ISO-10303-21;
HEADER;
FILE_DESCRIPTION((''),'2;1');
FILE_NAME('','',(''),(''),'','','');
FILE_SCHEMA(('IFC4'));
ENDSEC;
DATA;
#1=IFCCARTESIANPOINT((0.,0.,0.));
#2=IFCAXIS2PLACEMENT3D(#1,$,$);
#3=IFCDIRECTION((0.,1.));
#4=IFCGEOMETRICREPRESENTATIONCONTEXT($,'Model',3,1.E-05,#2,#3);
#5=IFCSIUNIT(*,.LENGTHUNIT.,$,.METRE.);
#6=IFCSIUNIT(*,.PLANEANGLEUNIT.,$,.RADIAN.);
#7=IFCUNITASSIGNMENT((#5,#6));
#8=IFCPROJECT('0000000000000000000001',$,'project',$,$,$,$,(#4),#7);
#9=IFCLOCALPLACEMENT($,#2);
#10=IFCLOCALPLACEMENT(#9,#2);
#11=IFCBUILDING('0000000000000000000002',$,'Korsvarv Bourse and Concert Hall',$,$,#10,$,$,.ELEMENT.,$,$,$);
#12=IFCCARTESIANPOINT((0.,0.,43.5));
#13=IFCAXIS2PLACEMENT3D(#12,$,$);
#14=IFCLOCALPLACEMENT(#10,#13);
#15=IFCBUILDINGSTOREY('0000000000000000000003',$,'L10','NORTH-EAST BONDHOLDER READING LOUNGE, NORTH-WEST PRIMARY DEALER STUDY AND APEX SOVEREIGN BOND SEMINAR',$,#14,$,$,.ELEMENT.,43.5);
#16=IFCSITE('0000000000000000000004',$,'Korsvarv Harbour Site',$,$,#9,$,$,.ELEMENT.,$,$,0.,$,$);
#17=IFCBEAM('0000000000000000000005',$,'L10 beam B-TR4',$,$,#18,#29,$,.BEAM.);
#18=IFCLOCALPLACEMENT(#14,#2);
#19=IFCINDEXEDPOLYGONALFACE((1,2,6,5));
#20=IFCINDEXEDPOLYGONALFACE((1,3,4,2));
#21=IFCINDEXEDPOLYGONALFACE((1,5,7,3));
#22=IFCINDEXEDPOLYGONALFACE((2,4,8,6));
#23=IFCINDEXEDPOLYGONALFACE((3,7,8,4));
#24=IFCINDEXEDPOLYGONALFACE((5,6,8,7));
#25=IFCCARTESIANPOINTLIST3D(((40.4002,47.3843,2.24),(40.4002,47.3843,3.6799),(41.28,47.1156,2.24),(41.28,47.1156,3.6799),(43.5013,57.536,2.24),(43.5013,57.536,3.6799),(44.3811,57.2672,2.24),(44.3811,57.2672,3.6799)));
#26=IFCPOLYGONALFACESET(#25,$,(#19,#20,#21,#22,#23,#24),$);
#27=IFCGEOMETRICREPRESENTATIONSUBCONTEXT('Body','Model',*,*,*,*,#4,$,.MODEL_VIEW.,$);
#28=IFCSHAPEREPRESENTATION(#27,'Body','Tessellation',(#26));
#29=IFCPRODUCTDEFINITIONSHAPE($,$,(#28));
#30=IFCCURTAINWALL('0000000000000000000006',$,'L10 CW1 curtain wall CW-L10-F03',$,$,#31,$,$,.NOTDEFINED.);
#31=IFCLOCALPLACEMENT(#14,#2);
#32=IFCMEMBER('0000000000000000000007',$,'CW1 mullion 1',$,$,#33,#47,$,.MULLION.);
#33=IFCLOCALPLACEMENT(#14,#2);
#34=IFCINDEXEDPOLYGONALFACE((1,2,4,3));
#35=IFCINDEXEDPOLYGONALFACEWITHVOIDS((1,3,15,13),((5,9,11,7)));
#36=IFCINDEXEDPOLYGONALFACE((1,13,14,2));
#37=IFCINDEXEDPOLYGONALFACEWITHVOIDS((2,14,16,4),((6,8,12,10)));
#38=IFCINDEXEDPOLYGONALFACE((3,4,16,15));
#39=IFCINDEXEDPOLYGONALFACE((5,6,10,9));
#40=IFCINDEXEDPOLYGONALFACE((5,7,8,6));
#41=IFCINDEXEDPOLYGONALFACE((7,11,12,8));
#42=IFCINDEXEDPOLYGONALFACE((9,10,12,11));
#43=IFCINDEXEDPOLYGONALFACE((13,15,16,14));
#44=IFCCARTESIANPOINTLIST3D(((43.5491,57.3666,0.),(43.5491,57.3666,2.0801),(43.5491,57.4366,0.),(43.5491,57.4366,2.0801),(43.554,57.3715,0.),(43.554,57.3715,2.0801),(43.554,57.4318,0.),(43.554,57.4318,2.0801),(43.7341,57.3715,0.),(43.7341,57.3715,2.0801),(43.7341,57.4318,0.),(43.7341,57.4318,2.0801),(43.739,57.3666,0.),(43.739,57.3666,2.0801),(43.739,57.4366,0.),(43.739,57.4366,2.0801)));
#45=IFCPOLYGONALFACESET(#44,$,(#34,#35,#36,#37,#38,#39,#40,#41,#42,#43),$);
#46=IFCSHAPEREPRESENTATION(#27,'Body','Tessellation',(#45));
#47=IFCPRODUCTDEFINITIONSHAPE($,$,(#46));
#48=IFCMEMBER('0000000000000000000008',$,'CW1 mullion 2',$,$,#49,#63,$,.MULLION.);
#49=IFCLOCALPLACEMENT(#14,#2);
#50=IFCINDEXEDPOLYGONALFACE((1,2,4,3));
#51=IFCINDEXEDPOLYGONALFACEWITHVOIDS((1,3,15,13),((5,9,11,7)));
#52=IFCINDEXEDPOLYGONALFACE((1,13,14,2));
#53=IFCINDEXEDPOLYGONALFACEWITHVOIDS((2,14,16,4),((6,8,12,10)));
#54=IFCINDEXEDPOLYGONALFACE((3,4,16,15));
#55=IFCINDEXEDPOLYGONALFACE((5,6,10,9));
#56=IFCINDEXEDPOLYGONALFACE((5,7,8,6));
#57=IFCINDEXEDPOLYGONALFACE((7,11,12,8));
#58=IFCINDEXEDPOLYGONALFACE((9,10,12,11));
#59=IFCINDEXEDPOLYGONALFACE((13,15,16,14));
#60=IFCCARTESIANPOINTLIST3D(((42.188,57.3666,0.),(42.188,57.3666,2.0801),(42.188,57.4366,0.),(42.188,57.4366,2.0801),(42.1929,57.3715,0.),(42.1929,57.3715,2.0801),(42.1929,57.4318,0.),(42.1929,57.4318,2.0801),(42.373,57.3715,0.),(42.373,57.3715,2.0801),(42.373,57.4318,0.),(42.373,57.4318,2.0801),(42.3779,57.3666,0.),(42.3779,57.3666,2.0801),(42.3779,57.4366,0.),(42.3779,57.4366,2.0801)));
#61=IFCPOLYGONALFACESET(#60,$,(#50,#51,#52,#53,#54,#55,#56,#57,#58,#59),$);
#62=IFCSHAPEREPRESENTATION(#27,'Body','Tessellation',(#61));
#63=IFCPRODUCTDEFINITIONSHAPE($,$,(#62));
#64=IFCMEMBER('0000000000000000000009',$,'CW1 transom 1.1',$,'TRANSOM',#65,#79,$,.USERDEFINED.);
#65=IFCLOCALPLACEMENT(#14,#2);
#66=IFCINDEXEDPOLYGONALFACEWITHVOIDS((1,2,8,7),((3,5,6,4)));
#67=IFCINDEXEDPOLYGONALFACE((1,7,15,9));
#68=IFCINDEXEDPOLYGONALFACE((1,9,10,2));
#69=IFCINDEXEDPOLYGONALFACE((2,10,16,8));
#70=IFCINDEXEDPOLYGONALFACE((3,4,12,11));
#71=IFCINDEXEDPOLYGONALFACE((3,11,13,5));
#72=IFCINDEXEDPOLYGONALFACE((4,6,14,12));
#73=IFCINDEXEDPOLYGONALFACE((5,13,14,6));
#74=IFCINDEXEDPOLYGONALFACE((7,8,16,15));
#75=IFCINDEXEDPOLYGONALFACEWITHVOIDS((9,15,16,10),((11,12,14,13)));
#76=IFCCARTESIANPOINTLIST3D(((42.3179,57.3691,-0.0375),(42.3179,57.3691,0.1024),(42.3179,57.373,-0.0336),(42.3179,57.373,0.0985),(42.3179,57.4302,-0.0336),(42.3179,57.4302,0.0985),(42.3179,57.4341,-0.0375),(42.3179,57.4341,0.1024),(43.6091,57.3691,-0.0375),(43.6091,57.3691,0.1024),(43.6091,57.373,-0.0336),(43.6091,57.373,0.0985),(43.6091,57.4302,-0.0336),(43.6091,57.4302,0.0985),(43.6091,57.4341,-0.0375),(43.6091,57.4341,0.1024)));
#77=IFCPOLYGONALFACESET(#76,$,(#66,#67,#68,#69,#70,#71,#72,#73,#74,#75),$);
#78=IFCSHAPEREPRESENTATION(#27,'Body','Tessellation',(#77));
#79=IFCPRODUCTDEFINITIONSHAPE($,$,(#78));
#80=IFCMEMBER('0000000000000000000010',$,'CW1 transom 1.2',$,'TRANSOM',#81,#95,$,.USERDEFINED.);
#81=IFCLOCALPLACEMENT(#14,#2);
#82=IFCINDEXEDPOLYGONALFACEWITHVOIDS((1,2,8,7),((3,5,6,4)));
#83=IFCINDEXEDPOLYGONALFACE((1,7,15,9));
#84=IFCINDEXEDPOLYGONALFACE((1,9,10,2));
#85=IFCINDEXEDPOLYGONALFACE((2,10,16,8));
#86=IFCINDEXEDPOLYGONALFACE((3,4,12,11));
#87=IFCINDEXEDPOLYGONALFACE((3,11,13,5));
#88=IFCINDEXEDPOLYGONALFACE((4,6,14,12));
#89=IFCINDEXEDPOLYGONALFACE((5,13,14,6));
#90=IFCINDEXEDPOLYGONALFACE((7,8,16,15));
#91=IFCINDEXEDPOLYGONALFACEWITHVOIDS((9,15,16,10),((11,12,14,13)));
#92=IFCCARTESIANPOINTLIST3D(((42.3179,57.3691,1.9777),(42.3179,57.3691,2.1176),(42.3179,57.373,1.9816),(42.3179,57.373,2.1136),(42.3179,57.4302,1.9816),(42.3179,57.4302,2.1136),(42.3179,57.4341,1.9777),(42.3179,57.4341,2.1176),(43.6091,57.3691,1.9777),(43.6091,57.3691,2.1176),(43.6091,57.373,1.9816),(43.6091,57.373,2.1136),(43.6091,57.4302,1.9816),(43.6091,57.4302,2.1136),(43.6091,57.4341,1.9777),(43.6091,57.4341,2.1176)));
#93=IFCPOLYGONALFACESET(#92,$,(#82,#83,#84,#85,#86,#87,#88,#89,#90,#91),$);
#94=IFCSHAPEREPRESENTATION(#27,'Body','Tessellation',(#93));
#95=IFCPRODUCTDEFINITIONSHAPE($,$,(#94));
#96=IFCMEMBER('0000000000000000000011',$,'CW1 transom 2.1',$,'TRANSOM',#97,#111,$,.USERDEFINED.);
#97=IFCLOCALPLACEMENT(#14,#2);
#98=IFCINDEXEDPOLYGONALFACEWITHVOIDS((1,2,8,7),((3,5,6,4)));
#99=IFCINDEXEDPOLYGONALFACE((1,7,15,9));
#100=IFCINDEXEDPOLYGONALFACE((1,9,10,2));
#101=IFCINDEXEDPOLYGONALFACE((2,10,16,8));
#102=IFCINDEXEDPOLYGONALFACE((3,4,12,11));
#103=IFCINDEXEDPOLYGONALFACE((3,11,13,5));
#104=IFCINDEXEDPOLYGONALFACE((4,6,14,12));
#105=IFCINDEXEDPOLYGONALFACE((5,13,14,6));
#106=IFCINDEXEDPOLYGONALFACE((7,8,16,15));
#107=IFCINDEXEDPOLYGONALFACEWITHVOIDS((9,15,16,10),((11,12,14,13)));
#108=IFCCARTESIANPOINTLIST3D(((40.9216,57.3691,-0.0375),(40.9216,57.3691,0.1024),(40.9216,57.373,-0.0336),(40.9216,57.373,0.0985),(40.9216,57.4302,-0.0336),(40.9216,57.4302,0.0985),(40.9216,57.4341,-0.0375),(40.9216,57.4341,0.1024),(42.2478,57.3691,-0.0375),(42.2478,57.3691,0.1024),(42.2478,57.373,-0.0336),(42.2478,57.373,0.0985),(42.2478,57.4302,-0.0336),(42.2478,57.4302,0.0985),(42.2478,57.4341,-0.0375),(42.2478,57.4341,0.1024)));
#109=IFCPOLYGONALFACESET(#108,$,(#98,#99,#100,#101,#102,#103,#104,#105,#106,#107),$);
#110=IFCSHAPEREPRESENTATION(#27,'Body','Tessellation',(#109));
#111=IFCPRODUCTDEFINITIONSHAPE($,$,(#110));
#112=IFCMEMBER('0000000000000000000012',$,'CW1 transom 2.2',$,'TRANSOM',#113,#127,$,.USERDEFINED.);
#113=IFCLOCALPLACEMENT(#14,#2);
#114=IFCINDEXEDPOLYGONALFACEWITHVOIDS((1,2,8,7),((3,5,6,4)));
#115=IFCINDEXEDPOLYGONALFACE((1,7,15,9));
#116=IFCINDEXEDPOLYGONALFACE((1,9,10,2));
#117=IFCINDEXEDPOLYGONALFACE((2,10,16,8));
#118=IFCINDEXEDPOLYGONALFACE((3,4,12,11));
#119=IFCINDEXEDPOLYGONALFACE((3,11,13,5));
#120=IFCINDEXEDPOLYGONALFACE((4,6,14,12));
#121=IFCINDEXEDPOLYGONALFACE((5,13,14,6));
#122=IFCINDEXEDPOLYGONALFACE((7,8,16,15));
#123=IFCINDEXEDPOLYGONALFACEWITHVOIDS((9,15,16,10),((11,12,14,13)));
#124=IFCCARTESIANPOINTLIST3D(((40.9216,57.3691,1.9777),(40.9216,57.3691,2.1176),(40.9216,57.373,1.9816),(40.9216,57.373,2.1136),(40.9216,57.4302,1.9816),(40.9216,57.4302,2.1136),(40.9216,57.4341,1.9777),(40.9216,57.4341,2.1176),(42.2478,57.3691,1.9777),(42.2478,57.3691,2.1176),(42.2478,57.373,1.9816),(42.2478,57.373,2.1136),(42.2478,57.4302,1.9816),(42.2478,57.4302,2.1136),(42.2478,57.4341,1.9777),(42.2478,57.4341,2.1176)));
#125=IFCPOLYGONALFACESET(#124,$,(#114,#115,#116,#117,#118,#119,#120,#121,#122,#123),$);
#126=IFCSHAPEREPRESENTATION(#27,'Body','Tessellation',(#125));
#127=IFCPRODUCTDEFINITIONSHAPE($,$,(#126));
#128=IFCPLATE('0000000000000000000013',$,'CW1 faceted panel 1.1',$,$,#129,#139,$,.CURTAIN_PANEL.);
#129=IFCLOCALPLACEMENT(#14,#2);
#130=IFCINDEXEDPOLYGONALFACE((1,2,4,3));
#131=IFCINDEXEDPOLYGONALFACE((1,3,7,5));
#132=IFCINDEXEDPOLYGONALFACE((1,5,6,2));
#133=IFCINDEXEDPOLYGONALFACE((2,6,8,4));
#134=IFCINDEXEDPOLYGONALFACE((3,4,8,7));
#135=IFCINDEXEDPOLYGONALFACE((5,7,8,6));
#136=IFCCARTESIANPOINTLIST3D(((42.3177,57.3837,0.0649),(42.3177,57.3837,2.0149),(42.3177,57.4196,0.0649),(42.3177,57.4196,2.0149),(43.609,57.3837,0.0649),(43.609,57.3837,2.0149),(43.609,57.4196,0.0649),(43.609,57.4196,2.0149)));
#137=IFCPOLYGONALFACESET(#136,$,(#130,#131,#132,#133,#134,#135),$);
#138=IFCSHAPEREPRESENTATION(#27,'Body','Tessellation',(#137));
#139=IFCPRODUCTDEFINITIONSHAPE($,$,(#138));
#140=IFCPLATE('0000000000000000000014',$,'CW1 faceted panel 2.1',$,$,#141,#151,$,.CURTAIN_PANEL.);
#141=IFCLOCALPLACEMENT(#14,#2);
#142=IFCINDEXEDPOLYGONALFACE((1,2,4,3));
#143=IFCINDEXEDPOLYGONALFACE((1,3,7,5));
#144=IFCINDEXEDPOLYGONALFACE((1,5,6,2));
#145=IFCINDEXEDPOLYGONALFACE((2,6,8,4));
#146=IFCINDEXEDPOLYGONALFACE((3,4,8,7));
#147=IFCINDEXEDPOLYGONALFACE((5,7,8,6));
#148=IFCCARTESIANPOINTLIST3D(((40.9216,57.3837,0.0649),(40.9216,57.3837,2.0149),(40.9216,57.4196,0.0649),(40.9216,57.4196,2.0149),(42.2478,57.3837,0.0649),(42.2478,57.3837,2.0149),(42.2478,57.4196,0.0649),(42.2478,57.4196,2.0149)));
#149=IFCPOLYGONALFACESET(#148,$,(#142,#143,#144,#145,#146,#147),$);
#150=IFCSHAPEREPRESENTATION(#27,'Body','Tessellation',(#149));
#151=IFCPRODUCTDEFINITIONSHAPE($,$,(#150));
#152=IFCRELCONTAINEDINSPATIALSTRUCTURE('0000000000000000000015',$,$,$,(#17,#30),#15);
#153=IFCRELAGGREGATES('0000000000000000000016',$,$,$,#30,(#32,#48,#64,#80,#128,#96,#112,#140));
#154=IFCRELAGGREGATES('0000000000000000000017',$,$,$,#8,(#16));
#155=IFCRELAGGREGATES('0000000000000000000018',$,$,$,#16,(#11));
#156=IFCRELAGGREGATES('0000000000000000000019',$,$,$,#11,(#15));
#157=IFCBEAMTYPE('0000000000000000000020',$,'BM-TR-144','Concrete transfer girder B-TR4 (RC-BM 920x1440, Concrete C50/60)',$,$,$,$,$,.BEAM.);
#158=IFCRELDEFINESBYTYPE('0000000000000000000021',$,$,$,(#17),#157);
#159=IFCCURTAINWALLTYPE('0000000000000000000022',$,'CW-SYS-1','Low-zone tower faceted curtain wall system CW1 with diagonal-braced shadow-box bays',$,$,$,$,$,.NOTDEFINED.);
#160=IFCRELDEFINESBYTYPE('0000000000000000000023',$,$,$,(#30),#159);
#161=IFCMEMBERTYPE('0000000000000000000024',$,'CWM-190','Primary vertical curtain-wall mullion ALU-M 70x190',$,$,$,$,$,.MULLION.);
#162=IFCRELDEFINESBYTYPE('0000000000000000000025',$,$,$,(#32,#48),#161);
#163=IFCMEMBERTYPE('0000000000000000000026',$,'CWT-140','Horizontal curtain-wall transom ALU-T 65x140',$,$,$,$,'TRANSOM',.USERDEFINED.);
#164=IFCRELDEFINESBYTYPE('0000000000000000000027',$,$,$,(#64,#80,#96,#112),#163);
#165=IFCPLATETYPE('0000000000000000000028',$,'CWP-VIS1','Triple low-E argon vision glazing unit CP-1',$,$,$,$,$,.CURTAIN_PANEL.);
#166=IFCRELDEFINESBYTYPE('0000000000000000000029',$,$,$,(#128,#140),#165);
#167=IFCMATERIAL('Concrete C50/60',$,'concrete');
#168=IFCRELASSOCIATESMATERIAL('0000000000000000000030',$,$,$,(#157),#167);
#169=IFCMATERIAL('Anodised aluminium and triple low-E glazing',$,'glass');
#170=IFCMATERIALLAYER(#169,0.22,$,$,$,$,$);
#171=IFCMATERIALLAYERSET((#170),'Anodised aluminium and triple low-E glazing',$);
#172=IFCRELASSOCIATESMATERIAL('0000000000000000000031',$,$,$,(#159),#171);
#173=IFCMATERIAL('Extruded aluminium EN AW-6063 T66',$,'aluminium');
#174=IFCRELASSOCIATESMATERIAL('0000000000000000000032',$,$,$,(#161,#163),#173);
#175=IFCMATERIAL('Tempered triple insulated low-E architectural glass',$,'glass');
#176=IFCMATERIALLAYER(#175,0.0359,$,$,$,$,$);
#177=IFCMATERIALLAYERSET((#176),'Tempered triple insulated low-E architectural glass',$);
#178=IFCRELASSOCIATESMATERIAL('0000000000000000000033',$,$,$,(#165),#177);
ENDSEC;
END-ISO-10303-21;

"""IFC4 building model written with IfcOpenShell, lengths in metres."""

from ifc_helpers import new_model, si_unit, direction, frame, origin, origin_2d, place, context, subcontext, project, spatial, rectangle, hollow_rectangle, extrude, source, transform, mapped, material, layer, layer_set, material_profile, profile_set, type_object, element, aggregate, save


model = new_model("IFC4")

# Units and contexts
model_context = context("Model", 3, precision=1e-05, world=origin(), true_north=direction((0.0, 1.0)))
body_context = subcontext(model_context, "Body", "Model", "MODEL_VIEW")
ifc_project = project(units=[si_unit("LENGTHUNIT", "METRE"), si_unit("PLANEANGLEUNIT", "RADIAN")], contexts=[model_context])

# Site, building, storey
site_placement = place(None, origin())
site = spatial("IfcSite", under=ifc_project, at=site_placement, Name="Korsvarv Harbour Site", CompositionType="ELEMENT", RefElevation=0.0)
building_placement = place(site_placement, origin())
building = spatial("IfcBuilding", under=site, at=building_placement, Name="Korsvarv Bourse and Concert Hall", CompositionType="ELEMENT")
storey_placement = place(building_placement, frame((0.0, 0.0, 43.5)))
storey = spatial("IfcBuildingStorey", under=building, at=storey_placement, Name="L10", Description="NORTH-EAST BONDHOLDER READING LOUNGE, NORTH-WEST PRIMARY DEALER STUDY AND APEX SOVEREIGN BOND SEMINAR", CompositionType="ELEMENT", Elevation=43.5)

# Beam
ifc_material_1 = material(Name="Concrete C50/60", Category="concrete")
ifc_material_profile_1 = material_profile(ifc_material_1, rectangle(XDim=0.9199, YDim=1.4399, at=origin_2d()), Name="RC-BM 920x1440")
ifc_profile_set_1 = profile_set([ifc_material_profile_1], Name="Concrete C50/60")
beam_type_1 = type_object("IfcBeamType", Name="BM-TR-144", Description="Concrete transfer girder B-TR4 (RC-BM 920x1440, Concrete C50/60)", PredefinedType="BEAM", material=ifc_profile_set_1)
shared_shape_1 = source(origin(), body_context, "Body", "SweptSolid", [
    extrude(rectangle(XDim=0.9199, YDim=1.4399, at=origin_2d()), origin(), (0.0, 0.0, 1.0), 10.6147),
])
beam_1_placement = place(storey_placement, frame((43.9412, 57.4016, 2.96), z_axis=(-0.292149, -0.956373, 0.0), x_axis=(0.956373, -0.292149, 0.0)))
element("IfcBeam", 1, at=beam_1_placement, inside=storey, type_object=beam_type_1, Name="L10 beam B-TR4", PredefinedType="BEAM", context=body_context, shape_type="MappedRepresentation", body=[
    mapped(shared_shape_1, transform((0.0, 0.0, 0.0), scale=1.0)),
])

# Curtain wall, members, plates
ifc_material_2 = material(Name="Anodised aluminium and triple low-E glazing", Category="glass")
ifc_layer_1 = layer(ifc_material_2, 0.22)
ifc_layer_set_1 = layer_set([ifc_layer_1], Name="Anodised aluminium and triple low-E glazing")
curtain_wall_type = type_object("IfcCurtainWallType", Name="CW-SYS-1", Description="Low-zone tower faceted curtain wall system CW1 with diagonal-braced shadow-box bays", PredefinedType="NOTDEFINED", material=ifc_layer_set_1)
curtain_wall_placement = place(storey_placement, origin())
curtain_wall = element("IfcCurtainWall", 2, at=curtain_wall_placement, inside=storey, type_object=curtain_wall_type, Name="L10 CW1 curtain wall CW-L10-F03", PredefinedType="NOTDEFINED")
ifc_material_3 = material(Name="Extruded aluminium EN AW-6063 T66", Category="aluminium")
ifc_material_profile_2 = material_profile(ifc_material_3, hollow_rectangle(XDim=0.0701, YDim=0.1899, WallThickness=0.0049, at=origin_2d()), Name="ALU-M 70x190")
ifc_profile_set_2 = profile_set([ifc_material_profile_2], Name="Extruded aluminium EN AW-6063 T66")
member_type_1 = type_object("IfcMemberType", Name="CWM-190", Description="Primary vertical curtain-wall mullion ALU-M 70x190", PredefinedType="MULLION", material=ifc_profile_set_2)
shared_shape_2 = source(origin(), body_context, "Body", "SweptSolid", [
    extrude(hollow_rectangle(XDim=0.0701, YDim=0.1899, WallThickness=0.0049, at=origin_2d()), origin(), (0.0, 0.0, 1.0), 2.0801),
])
member_1_placement = place(storey_placement, frame((43.644, 57.4016, 0.0), z_axis=(0.0, 0.0, 1.0), x_axis=(0.0, -1.0, 0.0)))
member_1 = element("IfcMember", 3, at=member_1_placement, type_object=member_type_1, Name="CW1 mullion 1", PredefinedType="MULLION", context=body_context, shape_type="MappedRepresentation", body=[
    mapped(shared_shape_2, transform((0.0, 0.0, 0.0), scale=1.0)),
])
member_2_placement = place(storey_placement, frame((42.283, 57.4016, 0.0), z_axis=(0.0, 0.0, 1.0), x_axis=(0.0, -1.0, 0.0)))
member_2 = element("IfcMember", 4, at=member_2_placement, type_object=member_type_1, Name="CW1 mullion 2", PredefinedType="MULLION", context=body_context, shape_type="MappedRepresentation", body=[
    mapped(shared_shape_2, transform((0.0, 0.0, 0.0), scale=1.0)),
])
ifc_material_profile_3 = material_profile(ifc_material_3, hollow_rectangle(XDim=0.0649, YDim=0.1399, WallThickness=0.0039, at=origin_2d()), Name="ALU-T 65x140")
ifc_profile_set_3 = profile_set([ifc_material_profile_3], Name="Extruded aluminium EN AW-6063 T66")
member_type_2 = type_object("IfcMemberType", Name="CWT-140", Description="Horizontal curtain-wall transom ALU-T 65x140", ElementType="TRANSOM", PredefinedType="USERDEFINED", material=ifc_profile_set_3)
shared_shape_3 = source(origin(), body_context, "Body", "SweptSolid", [
    extrude(hollow_rectangle(XDim=0.0649, YDim=0.1399, WallThickness=0.0039, at=origin_2d()), origin(), (0.0, 0.0, 1.0), 1.2913),
])
member_3_placement = place(storey_placement, frame((43.6091, 57.4016, 0.0325), z_axis=(-1.0, 0.0, 0.0), x_axis=(0.0, -1.0, 0.0)))
member_3 = element("IfcMember", 5, at=member_3_placement, type_object=member_type_2, Name="CW1 transom 1.1", ObjectType="TRANSOM", PredefinedType="USERDEFINED", context=body_context, shape_type="MappedRepresentation", body=[
    mapped(shared_shape_3, transform((0.0, 0.0, 0.0), scale=1.0)),
])
member_4_placement = place(storey_placement, frame((43.6091, 57.4016, 2.0476), z_axis=(-1.0, 0.0, 0.0), x_axis=(0.0, -1.0, 0.0)))
member_4 = element("IfcMember", 6, at=member_4_placement, type_object=member_type_2, Name="CW1 transom 1.2", ObjectType="TRANSOM", PredefinedType="USERDEFINED", context=body_context, shape_type="MappedRepresentation", body=[
    mapped(shared_shape_3, transform((0.0, 0.0, 0.0), scale=1.0)),
])
shared_shape_4 = source(origin(), body_context, "Body", "SweptSolid", [
    extrude(hollow_rectangle(XDim=0.0649, YDim=0.1399, WallThickness=0.0039, at=origin_2d()), origin(), (0.0, 0.0, 1.0), 1.3262),
])
member_5_placement = place(storey_placement, frame((42.2478, 57.4016, 0.0325), z_axis=(-1.0, 0.0, 0.0), x_axis=(0.0, -1.0, 0.0)))
member_5 = element("IfcMember", 7, at=member_5_placement, type_object=member_type_2, Name="CW1 transom 2.1", ObjectType="TRANSOM", PredefinedType="USERDEFINED", context=body_context, shape_type="MappedRepresentation", body=[
    mapped(shared_shape_4, transform((0.0, 0.0, 0.0), scale=1.0)),
])
member_6_placement = place(storey_placement, frame((42.2478, 57.4016, 2.0476), z_axis=(-1.0, 0.0, 0.0), x_axis=(0.0, -1.0, 0.0)))
member_6 = element("IfcMember", 8, at=member_6_placement, type_object=member_type_2, Name="CW1 transom 2.2", ObjectType="TRANSOM", PredefinedType="USERDEFINED", context=body_context, shape_type="MappedRepresentation", body=[
    mapped(shared_shape_4, transform((0.0, 0.0, 0.0), scale=1.0)),
])
ifc_material_4 = material(Name="Tempered triple insulated low-E architectural glass", Category="glass")
ifc_layer_2 = layer(ifc_material_4, 0.0359)
ifc_layer_set_2 = layer_set([ifc_layer_2], Name="Tempered triple insulated low-E architectural glass")
plate_type = type_object("IfcPlateType", Name="CWP-VIS1", Description="Triple low-E argon vision glazing unit CP-1", PredefinedType="CURTAIN_PANEL", material=ifc_layer_set_2)
shared_shape_5 = source(origin(), body_context, "Body", "SweptSolid", [
    extrude(rectangle(XDim=1.2913, YDim=0.0359, at=origin_2d()), origin(), (0.0, 0.0, 1.0), 1.95),
])
plate_1_placement = place(storey_placement, frame((42.9634, 57.4016, 0.0649), z_axis=(0.0, 0.0, 1.0), x_axis=(-1.0, 0.0, 0.0)))
plate_1 = element("IfcPlate", 9, at=plate_1_placement, type_object=plate_type, Name="CW1 faceted panel 1.1", PredefinedType="CURTAIN_PANEL", context=body_context, shape_type="MappedRepresentation", body=[
    mapped(shared_shape_5, transform((0.0, 0.0, 0.0), scale=1.0)),
])
shared_shape_6 = source(origin(), body_context, "Body", "SweptSolid", [
    extrude(rectangle(XDim=1.3262, YDim=0.0359, at=origin_2d()), origin(), (0.0, 0.0, 1.0), 1.95),
])
plate_2_placement = place(storey_placement, frame((41.5847, 57.4016, 0.0649), z_axis=(0.0, 0.0, 1.0), x_axis=(-1.0, 0.0, 0.0)))
plate_2 = element("IfcPlate", 10, at=plate_2_placement, type_object=plate_type, Name="CW1 faceted panel 2.1", PredefinedType="CURTAIN_PANEL", context=body_context, shape_type="MappedRepresentation", body=[
    mapped(shared_shape_6, transform((0.0, 0.0, 0.0), scale=1.0)),
])
aggregate(curtain_wall, [member_1, member_2, member_3, member_4, plate_1, member_5, member_6, plate_2])

save(model, "model.ifc")
